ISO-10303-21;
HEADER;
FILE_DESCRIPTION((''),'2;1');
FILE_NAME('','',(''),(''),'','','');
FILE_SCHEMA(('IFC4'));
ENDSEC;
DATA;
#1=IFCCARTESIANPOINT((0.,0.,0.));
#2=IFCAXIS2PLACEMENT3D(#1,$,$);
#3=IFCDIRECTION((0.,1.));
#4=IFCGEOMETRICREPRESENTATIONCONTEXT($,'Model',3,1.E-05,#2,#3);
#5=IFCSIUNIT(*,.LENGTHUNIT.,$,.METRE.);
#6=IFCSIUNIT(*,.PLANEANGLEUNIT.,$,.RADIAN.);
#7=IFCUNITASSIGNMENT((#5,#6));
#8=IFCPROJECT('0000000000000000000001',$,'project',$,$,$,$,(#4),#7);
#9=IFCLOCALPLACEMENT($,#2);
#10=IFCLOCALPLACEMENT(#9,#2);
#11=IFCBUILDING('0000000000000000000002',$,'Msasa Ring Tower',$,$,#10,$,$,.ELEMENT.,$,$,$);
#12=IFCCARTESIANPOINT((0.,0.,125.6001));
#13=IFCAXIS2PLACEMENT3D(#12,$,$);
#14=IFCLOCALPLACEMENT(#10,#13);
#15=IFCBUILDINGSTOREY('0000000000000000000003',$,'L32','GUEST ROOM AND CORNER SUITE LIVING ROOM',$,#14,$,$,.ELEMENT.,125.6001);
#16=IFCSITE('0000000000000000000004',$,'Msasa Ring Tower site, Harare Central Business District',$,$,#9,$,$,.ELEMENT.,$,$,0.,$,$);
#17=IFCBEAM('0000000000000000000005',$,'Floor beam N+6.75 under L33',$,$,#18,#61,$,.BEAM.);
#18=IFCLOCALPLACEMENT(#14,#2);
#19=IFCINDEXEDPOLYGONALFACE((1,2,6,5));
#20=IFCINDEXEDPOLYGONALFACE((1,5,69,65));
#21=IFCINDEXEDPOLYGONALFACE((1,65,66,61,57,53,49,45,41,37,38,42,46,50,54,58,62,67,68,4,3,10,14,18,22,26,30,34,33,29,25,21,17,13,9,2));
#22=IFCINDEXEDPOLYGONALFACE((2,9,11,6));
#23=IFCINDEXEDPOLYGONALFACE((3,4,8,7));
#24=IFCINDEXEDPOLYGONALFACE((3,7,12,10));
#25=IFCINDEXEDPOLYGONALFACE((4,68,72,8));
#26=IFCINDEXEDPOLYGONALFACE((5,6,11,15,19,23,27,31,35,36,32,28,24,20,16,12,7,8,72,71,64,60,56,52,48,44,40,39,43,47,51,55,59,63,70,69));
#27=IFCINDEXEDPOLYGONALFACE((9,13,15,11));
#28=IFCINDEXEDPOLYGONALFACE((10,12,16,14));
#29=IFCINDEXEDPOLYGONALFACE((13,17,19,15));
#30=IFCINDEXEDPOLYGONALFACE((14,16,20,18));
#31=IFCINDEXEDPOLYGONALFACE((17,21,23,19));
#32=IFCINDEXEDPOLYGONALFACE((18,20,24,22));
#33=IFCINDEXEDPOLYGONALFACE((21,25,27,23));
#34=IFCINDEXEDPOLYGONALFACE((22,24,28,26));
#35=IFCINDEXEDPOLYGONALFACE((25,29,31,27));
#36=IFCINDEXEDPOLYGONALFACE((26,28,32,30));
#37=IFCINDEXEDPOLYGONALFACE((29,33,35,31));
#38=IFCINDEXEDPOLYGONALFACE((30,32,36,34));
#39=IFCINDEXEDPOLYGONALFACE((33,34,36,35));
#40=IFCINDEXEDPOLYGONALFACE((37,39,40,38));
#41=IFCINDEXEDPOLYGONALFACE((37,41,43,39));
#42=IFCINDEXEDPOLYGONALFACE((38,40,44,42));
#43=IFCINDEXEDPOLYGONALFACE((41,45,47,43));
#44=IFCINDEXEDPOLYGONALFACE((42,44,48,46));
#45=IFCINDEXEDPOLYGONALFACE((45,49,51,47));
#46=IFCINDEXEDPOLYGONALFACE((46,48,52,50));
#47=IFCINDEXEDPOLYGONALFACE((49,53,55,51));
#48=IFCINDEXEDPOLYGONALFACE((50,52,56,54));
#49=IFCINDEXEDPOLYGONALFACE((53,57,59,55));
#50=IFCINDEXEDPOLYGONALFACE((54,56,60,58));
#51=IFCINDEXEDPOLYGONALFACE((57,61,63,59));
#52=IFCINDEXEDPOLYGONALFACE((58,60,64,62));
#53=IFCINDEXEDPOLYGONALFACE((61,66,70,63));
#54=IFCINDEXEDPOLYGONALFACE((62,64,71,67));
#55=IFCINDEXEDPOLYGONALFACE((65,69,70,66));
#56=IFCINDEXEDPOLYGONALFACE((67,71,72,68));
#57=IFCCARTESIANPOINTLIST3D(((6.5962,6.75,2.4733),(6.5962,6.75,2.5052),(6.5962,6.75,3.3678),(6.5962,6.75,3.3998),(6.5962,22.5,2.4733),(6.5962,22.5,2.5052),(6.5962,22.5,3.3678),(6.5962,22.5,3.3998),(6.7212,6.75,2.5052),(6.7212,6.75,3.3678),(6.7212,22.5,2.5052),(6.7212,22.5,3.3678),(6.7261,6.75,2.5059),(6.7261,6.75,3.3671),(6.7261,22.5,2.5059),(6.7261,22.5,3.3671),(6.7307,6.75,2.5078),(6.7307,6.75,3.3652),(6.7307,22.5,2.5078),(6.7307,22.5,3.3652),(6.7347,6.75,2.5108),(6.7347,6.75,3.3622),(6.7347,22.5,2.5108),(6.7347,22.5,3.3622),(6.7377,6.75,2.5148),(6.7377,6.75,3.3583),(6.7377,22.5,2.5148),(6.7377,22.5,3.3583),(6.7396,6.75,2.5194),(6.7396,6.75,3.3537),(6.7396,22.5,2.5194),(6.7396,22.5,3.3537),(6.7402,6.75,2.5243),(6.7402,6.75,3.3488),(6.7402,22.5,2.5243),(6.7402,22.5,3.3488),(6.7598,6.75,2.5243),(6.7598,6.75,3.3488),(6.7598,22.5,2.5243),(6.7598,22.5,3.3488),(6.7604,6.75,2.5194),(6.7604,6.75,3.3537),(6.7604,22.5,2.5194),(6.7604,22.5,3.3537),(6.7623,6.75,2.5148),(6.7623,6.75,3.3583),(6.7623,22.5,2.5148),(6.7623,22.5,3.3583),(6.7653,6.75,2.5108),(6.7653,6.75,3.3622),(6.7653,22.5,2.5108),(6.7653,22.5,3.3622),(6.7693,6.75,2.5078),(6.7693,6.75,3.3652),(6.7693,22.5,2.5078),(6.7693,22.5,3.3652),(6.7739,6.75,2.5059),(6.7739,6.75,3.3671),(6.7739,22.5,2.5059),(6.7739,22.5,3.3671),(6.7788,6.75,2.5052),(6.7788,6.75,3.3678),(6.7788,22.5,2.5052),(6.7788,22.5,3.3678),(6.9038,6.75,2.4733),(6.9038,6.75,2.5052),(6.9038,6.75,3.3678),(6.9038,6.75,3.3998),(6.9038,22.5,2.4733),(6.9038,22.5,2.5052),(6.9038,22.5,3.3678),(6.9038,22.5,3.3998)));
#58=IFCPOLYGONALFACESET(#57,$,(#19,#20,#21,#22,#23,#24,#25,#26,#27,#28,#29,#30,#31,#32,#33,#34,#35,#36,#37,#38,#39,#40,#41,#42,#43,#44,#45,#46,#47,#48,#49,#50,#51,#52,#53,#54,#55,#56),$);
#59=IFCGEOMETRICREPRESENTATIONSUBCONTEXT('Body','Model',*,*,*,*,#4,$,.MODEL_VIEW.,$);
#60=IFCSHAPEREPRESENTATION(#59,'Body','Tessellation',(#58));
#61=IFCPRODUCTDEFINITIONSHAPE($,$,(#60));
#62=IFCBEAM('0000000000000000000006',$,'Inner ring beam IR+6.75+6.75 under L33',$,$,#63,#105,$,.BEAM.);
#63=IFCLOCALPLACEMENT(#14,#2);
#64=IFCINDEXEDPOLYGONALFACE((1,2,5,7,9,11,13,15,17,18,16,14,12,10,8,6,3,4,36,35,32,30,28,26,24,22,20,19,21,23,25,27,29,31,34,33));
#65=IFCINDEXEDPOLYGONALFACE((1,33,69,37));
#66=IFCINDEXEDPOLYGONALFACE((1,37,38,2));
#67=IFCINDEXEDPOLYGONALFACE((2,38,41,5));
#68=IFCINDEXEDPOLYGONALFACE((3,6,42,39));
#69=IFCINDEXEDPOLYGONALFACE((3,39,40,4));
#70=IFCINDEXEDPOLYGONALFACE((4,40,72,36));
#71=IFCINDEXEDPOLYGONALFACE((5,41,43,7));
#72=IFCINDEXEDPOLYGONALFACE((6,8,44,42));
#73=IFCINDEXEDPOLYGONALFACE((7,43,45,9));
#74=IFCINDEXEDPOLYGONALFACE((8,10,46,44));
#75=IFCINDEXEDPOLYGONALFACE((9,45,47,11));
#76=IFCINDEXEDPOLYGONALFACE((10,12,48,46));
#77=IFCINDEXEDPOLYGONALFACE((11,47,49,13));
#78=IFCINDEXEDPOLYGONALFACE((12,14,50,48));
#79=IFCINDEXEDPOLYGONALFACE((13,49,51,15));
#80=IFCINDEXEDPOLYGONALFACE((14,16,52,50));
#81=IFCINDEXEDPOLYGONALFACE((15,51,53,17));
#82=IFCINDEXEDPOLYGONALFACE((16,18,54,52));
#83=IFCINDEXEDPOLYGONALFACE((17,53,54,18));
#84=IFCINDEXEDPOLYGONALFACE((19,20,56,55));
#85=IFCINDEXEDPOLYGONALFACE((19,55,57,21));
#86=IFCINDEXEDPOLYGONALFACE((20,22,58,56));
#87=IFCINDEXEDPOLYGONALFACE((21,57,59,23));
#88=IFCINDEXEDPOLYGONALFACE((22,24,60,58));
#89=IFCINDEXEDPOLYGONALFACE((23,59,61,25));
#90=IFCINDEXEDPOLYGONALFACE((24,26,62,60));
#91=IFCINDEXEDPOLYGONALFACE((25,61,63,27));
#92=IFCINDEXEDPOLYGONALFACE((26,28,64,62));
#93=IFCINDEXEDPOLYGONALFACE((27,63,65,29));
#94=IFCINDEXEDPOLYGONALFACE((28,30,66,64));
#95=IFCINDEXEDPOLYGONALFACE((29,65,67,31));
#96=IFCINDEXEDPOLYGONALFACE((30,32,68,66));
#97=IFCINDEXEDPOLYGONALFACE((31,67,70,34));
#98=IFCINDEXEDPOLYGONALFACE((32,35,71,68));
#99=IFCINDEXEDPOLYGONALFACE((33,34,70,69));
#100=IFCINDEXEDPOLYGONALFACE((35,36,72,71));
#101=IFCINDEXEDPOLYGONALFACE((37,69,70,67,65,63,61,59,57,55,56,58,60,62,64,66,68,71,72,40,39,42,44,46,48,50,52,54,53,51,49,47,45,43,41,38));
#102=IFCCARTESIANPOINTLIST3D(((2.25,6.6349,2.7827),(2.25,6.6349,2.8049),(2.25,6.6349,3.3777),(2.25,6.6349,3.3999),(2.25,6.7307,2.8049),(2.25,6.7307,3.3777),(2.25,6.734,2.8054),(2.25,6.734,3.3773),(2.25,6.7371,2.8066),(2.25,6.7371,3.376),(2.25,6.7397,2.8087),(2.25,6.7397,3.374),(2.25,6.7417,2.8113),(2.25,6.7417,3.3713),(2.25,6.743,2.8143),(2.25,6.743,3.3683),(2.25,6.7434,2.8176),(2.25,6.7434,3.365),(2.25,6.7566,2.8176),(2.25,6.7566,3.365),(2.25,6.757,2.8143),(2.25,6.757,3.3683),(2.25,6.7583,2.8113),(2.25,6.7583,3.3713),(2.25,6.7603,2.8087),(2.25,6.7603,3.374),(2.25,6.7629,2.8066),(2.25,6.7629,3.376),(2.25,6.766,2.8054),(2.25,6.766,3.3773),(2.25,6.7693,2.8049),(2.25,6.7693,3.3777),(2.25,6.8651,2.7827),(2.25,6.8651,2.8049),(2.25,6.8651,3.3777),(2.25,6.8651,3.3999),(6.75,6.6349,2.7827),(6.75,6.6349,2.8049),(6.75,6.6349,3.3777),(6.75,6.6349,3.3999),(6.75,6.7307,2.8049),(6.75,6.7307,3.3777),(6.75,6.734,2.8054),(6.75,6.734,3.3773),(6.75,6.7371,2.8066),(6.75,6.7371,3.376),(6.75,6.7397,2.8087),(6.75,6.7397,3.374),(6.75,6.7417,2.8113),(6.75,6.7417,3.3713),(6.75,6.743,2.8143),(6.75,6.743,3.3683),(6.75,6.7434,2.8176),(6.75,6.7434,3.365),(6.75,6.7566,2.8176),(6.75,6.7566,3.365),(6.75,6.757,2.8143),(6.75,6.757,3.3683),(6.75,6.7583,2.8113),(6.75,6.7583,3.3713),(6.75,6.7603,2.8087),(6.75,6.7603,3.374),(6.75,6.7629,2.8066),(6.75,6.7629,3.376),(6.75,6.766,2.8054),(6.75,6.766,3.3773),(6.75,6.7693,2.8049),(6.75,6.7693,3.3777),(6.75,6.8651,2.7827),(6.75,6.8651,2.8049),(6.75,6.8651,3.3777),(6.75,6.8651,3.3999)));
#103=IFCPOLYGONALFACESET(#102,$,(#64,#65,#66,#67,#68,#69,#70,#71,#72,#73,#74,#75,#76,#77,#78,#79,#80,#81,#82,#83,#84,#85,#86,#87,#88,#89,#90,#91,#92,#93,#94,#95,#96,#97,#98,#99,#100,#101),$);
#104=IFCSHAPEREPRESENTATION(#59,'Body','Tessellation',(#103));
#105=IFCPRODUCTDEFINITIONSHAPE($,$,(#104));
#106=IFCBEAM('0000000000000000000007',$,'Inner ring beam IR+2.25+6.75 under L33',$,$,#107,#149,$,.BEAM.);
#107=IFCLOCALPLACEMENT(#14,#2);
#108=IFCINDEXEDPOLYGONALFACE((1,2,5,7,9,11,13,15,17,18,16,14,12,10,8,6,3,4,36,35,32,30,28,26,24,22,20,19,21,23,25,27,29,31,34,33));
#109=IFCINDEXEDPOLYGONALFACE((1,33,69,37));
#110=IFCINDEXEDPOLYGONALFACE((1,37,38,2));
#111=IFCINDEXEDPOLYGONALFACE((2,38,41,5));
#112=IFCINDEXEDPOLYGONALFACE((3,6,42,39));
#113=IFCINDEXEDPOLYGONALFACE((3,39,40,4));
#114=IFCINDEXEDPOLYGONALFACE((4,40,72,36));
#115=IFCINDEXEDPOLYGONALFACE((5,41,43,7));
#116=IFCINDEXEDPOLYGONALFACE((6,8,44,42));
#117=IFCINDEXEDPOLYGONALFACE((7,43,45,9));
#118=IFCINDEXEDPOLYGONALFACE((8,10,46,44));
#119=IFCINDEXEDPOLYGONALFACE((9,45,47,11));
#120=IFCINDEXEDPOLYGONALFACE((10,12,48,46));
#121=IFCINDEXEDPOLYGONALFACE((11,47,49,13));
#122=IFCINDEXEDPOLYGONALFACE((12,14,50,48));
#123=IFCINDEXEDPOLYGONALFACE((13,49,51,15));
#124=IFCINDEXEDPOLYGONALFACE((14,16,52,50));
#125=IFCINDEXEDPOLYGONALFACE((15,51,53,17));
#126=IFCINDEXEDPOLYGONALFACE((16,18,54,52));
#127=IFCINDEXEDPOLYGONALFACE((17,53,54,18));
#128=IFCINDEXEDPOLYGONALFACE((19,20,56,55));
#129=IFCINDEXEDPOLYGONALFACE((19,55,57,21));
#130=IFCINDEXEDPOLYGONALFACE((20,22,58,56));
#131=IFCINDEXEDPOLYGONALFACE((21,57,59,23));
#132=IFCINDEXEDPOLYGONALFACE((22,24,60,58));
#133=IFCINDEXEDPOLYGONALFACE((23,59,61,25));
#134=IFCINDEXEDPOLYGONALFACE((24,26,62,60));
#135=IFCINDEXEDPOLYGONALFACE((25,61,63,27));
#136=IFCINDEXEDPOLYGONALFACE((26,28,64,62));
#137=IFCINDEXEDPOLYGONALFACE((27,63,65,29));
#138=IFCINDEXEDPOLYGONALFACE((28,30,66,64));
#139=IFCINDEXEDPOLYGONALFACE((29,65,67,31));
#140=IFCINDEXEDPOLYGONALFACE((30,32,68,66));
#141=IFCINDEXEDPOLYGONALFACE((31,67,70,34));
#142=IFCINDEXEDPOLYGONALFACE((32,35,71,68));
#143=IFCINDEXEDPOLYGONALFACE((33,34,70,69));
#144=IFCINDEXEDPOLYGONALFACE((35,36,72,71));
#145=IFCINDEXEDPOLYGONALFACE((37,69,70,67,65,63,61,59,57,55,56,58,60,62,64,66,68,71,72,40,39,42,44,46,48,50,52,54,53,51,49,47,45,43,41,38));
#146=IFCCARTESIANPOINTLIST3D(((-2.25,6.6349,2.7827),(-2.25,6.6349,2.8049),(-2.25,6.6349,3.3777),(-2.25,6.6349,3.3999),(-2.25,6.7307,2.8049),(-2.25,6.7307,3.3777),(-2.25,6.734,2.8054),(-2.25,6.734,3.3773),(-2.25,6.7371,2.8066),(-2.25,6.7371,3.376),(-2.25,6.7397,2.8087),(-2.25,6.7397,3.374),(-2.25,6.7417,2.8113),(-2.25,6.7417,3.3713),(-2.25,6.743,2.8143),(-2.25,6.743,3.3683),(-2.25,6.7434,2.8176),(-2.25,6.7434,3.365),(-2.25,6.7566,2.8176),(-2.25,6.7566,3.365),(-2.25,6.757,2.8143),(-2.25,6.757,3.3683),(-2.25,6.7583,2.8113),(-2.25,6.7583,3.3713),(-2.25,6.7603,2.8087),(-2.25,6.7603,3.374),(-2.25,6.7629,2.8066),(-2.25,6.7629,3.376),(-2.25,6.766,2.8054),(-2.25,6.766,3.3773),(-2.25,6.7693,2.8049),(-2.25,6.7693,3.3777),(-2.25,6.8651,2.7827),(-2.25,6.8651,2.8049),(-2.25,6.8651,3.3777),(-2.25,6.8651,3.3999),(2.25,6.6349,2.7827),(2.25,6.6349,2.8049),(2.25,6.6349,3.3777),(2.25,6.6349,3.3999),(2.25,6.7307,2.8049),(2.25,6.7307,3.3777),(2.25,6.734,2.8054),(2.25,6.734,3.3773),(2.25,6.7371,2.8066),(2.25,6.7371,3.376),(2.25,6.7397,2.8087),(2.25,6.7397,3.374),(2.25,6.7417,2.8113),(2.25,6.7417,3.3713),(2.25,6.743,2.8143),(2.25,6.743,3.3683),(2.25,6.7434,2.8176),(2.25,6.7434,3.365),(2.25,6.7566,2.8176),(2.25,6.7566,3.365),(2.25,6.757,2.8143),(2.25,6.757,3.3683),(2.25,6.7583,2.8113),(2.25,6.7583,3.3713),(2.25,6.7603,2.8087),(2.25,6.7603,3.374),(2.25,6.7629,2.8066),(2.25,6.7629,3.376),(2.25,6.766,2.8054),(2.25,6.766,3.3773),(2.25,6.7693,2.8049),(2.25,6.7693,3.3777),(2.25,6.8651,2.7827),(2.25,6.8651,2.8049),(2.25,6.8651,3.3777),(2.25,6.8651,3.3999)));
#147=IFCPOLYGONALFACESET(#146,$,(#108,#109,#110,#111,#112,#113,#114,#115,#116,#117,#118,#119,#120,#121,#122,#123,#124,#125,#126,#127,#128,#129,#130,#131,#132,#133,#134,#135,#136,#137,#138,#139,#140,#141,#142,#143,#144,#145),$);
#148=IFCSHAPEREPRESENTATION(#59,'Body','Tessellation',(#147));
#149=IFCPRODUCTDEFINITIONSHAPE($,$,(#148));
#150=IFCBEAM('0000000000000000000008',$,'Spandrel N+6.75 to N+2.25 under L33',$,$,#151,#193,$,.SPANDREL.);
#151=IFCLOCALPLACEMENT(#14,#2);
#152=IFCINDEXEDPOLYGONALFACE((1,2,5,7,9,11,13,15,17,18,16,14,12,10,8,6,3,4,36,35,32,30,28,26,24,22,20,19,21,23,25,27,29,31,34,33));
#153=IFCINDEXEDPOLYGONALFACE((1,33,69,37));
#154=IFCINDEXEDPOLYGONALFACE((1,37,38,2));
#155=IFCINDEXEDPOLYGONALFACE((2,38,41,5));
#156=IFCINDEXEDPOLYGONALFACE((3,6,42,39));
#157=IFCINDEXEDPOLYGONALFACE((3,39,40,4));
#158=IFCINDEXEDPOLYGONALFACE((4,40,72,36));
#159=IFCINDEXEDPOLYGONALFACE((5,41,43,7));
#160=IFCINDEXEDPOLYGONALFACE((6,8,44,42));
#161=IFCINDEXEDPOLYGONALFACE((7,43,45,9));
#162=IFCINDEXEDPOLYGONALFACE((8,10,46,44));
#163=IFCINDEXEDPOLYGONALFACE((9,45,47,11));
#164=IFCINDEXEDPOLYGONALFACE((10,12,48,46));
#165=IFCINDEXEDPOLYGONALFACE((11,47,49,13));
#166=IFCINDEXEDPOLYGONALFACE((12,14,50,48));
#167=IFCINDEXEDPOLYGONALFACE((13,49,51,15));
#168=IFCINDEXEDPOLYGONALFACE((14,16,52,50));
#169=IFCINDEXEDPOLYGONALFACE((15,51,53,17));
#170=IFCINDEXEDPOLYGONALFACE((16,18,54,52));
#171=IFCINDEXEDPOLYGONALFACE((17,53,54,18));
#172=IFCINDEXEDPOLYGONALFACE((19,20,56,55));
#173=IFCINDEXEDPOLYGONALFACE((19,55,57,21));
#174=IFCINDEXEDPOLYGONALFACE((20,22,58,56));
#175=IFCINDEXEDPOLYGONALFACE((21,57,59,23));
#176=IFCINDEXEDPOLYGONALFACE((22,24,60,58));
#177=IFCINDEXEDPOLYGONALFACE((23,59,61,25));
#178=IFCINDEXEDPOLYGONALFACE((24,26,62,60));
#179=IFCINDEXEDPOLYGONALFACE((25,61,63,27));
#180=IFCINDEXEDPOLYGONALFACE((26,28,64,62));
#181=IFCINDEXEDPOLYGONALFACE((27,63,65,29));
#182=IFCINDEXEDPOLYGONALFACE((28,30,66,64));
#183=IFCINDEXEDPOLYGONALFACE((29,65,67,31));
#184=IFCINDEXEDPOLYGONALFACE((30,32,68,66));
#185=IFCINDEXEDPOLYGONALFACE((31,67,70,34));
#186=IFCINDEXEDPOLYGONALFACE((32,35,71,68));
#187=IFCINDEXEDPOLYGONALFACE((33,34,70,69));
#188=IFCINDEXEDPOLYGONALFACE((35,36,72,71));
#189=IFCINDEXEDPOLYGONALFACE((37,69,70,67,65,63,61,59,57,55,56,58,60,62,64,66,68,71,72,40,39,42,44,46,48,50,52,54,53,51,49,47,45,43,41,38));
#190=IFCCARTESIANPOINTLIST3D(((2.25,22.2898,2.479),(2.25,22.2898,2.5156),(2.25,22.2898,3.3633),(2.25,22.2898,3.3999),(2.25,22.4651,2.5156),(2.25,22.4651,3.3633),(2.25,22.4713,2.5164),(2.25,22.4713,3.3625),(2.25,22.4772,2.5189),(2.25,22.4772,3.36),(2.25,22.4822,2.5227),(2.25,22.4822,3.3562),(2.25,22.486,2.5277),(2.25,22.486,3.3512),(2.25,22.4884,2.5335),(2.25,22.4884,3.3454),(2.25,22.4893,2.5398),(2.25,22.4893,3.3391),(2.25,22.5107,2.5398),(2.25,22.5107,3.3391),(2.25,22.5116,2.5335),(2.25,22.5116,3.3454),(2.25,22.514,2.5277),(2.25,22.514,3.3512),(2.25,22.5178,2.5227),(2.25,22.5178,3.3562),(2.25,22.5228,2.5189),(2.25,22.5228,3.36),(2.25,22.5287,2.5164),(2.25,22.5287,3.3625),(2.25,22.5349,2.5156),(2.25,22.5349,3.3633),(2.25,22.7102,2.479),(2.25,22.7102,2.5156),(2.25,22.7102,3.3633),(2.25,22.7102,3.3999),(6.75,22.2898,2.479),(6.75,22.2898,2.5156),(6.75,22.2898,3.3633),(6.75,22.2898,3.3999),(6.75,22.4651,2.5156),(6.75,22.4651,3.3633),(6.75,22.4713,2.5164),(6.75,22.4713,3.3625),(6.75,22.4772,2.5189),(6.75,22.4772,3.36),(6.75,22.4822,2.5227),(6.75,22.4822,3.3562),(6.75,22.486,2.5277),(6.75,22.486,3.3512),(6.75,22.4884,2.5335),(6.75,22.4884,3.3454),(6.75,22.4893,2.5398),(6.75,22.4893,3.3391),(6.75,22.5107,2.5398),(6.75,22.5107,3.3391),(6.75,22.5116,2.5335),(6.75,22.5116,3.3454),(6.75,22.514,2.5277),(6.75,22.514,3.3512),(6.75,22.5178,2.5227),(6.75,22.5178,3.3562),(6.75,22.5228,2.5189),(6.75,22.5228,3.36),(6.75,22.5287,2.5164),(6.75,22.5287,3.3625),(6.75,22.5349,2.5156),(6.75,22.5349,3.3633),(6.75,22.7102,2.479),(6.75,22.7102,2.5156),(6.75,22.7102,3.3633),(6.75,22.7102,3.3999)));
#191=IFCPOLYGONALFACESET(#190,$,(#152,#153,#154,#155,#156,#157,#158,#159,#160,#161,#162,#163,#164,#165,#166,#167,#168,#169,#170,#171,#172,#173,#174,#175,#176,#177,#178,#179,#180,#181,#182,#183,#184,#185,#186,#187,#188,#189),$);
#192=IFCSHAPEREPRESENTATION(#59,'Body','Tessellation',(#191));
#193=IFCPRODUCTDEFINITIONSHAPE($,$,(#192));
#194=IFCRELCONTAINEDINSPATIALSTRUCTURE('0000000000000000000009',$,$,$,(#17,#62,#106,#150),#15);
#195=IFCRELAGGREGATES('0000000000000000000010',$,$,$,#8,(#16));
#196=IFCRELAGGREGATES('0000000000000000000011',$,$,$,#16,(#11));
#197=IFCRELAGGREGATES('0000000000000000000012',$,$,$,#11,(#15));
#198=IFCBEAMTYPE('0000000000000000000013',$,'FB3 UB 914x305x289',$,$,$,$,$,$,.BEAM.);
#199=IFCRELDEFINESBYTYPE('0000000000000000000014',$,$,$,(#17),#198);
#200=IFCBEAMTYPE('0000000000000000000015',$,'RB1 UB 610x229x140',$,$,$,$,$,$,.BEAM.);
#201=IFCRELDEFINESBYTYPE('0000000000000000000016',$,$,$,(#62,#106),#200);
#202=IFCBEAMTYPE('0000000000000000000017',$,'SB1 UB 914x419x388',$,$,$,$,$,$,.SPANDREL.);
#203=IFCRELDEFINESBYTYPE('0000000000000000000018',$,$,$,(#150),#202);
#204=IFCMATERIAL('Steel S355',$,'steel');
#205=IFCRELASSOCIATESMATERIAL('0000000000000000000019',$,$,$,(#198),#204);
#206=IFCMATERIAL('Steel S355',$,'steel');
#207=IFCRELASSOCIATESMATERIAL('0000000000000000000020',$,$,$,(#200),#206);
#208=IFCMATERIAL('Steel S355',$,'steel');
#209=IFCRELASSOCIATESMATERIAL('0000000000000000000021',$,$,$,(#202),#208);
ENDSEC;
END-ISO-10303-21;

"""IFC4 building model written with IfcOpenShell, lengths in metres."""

from ifc_helpers import new_model, si_unit, direction, frame, origin, origin_2d, place, context, subcontext, project, spatial, i_section, extrude, material, material_profile, profile_set, type_object, element, save


model = new_model("IFC4")

# Units and contexts
model_context = context("Model", 3, precision=1e-05, world=origin(), true_north=direction((0.0, 1.0)))
body_context = subcontext(model_context, "Body", "Model", "MODEL_VIEW")
ifc_project = project(units=[si_unit("LENGTHUNIT", "METRE"), si_unit("PLANEANGLEUNIT", "RADIAN")], contexts=[model_context])

# Site, building, storey
site_placement = place(None, origin())
site = spatial("IfcSite", under=ifc_project, at=site_placement, Name="Msasa Ring Tower site, Harare Central Business District", CompositionType="ELEMENT", RefElevation=0.0)
building_placement = place(site_placement, origin())
building = spatial("IfcBuilding", under=site, at=building_placement, Name="Msasa Ring Tower", CompositionType="ELEMENT")
storey_placement = place(building_placement, frame((0.0, 0.0, 125.6001)))
storey = spatial("IfcBuildingStorey", under=building, at=storey_placement, Name="L32", Description="GUEST ROOM AND CORNER SUITE LIVING ROOM", CompositionType="ELEMENT", Elevation=125.6001)

# Beams
ifc_material_1 = material(Name="Steel S355", Category="steel")
ifc_material_profile_1 = material_profile(ifc_material_1, i_section(OverallWidth=0.3076, OverallDepth=0.9265, WebThickness=0.0195, FlangeThickness=0.032, FilletRadius=0.019, at=origin_2d()), Name="UB 914x305x289")
ifc_profile_set_1 = profile_set([ifc_material_profile_1], Name="Steel S355")
beam_type_1 = type_object("IfcBeamType", Name="FB3 UB 914x305x289", PredefinedType="BEAM", material=ifc_profile_set_1)
for number, where, z_axis, x_axis, name in (
    (1, (6.75, 22.5, 2.9365), (0.0, -1.0, 0.0), (1.0, 0.0, 0.0), "Floor beam N+6.75 under L33"),
):
    element("IfcBeam", number, at=place(storey_placement, frame(where, z_axis=z_axis, x_axis=x_axis)), inside=storey, type_object=beam_type_1, Name=name, PredefinedType="BEAM", context=body_context, shape_type="SweptSolid", body=[
        extrude(i_section(OverallWidth=0.3076, OverallDepth=0.9265, WebThickness=0.0195, FlangeThickness=0.032, FilletRadius=0.019, at=origin_2d()), origin(), (0.0, 0.0, 1.0), 15.75),
    ])
ifc_material_2 = material(Name="Steel S355", Category="steel")
ifc_material_profile_2 = material_profile(ifc_material_2, i_section(OverallWidth=0.2302, OverallDepth=0.6172, WebThickness=0.0132, FlangeThickness=0.0222, FilletRadius=0.0127, at=origin_2d()), Name="UB 610x229x140")
ifc_profile_set_2 = profile_set([ifc_material_profile_2], Name="Steel S355")
beam_type_2 = type_object("IfcBeamType", Name="RB1 UB 610x229x140", PredefinedType="BEAM", material=ifc_profile_set_2)
for number, where, z_axis, x_axis, name in (
    (2, (6.75, 6.75, 3.0913), (-1.0, 0.0, 0.0), (0.0, -1.0, 0.0), "Inner ring beam IR+6.75+6.75 under L33"),
    (3, (2.25, 6.75, 3.0913), (-1.0, 0.0, 0.0), (0.0, -1.0, 0.0), "Inner ring beam IR+2.25+6.75 under L33"),
):
    element("IfcBeam", number, at=place(storey_placement, frame(where, z_axis=z_axis, x_axis=x_axis)), inside=storey, type_object=beam_type_2, Name=name, PredefinedType="BEAM", context=body_context, shape_type="SweptSolid", body=[
        extrude(i_section(OverallWidth=0.2302, OverallDepth=0.6172, WebThickness=0.0132, FlangeThickness=0.0222, FilletRadius=0.0127, at=origin_2d()), origin(), (0.0, 0.0, 1.0), 4.5),
    ])
ifc_material_3 = material(Name="Steel S355", Category="steel")
ifc_material_profile_3 = material_profile(ifc_material_3, i_section(OverallWidth=0.4204, OverallDepth=0.9209, WebThickness=0.0215, FlangeThickness=0.0366, FilletRadius=0.0242, at=origin_2d()), Name="UB 914x419x388")
ifc_profile_set_3 = profile_set([ifc_material_profile_3], Name="Steel S355")
beam_type_3 = type_object("IfcBeamType", Name="SB1 UB 914x419x388", PredefinedType="SPANDREL", material=ifc_profile_set_3)
for number, where, z_axis, x_axis, name in (
    (4, (6.75, 22.5, 2.9395), (-1.0, 0.0, 0.0), (0.0, -1.0, 0.0), "Spandrel N+6.75 to N+2.25 under L33"),
):
    element("IfcBeam", number, at=place(storey_placement, frame(where, z_axis=z_axis, x_axis=x_axis)), inside=storey, type_object=beam_type_3, Name=name, PredefinedType="SPANDREL", context=body_context, shape_type="SweptSolid", body=[
        extrude(i_section(OverallWidth=0.4204, OverallDepth=0.9209, WebThickness=0.0215, FlangeThickness=0.0366, FilletRadius=0.0242, at=origin_2d()), origin(), (0.0, 0.0, 1.0), 4.5),
    ])

save(model, "model.ifc")
